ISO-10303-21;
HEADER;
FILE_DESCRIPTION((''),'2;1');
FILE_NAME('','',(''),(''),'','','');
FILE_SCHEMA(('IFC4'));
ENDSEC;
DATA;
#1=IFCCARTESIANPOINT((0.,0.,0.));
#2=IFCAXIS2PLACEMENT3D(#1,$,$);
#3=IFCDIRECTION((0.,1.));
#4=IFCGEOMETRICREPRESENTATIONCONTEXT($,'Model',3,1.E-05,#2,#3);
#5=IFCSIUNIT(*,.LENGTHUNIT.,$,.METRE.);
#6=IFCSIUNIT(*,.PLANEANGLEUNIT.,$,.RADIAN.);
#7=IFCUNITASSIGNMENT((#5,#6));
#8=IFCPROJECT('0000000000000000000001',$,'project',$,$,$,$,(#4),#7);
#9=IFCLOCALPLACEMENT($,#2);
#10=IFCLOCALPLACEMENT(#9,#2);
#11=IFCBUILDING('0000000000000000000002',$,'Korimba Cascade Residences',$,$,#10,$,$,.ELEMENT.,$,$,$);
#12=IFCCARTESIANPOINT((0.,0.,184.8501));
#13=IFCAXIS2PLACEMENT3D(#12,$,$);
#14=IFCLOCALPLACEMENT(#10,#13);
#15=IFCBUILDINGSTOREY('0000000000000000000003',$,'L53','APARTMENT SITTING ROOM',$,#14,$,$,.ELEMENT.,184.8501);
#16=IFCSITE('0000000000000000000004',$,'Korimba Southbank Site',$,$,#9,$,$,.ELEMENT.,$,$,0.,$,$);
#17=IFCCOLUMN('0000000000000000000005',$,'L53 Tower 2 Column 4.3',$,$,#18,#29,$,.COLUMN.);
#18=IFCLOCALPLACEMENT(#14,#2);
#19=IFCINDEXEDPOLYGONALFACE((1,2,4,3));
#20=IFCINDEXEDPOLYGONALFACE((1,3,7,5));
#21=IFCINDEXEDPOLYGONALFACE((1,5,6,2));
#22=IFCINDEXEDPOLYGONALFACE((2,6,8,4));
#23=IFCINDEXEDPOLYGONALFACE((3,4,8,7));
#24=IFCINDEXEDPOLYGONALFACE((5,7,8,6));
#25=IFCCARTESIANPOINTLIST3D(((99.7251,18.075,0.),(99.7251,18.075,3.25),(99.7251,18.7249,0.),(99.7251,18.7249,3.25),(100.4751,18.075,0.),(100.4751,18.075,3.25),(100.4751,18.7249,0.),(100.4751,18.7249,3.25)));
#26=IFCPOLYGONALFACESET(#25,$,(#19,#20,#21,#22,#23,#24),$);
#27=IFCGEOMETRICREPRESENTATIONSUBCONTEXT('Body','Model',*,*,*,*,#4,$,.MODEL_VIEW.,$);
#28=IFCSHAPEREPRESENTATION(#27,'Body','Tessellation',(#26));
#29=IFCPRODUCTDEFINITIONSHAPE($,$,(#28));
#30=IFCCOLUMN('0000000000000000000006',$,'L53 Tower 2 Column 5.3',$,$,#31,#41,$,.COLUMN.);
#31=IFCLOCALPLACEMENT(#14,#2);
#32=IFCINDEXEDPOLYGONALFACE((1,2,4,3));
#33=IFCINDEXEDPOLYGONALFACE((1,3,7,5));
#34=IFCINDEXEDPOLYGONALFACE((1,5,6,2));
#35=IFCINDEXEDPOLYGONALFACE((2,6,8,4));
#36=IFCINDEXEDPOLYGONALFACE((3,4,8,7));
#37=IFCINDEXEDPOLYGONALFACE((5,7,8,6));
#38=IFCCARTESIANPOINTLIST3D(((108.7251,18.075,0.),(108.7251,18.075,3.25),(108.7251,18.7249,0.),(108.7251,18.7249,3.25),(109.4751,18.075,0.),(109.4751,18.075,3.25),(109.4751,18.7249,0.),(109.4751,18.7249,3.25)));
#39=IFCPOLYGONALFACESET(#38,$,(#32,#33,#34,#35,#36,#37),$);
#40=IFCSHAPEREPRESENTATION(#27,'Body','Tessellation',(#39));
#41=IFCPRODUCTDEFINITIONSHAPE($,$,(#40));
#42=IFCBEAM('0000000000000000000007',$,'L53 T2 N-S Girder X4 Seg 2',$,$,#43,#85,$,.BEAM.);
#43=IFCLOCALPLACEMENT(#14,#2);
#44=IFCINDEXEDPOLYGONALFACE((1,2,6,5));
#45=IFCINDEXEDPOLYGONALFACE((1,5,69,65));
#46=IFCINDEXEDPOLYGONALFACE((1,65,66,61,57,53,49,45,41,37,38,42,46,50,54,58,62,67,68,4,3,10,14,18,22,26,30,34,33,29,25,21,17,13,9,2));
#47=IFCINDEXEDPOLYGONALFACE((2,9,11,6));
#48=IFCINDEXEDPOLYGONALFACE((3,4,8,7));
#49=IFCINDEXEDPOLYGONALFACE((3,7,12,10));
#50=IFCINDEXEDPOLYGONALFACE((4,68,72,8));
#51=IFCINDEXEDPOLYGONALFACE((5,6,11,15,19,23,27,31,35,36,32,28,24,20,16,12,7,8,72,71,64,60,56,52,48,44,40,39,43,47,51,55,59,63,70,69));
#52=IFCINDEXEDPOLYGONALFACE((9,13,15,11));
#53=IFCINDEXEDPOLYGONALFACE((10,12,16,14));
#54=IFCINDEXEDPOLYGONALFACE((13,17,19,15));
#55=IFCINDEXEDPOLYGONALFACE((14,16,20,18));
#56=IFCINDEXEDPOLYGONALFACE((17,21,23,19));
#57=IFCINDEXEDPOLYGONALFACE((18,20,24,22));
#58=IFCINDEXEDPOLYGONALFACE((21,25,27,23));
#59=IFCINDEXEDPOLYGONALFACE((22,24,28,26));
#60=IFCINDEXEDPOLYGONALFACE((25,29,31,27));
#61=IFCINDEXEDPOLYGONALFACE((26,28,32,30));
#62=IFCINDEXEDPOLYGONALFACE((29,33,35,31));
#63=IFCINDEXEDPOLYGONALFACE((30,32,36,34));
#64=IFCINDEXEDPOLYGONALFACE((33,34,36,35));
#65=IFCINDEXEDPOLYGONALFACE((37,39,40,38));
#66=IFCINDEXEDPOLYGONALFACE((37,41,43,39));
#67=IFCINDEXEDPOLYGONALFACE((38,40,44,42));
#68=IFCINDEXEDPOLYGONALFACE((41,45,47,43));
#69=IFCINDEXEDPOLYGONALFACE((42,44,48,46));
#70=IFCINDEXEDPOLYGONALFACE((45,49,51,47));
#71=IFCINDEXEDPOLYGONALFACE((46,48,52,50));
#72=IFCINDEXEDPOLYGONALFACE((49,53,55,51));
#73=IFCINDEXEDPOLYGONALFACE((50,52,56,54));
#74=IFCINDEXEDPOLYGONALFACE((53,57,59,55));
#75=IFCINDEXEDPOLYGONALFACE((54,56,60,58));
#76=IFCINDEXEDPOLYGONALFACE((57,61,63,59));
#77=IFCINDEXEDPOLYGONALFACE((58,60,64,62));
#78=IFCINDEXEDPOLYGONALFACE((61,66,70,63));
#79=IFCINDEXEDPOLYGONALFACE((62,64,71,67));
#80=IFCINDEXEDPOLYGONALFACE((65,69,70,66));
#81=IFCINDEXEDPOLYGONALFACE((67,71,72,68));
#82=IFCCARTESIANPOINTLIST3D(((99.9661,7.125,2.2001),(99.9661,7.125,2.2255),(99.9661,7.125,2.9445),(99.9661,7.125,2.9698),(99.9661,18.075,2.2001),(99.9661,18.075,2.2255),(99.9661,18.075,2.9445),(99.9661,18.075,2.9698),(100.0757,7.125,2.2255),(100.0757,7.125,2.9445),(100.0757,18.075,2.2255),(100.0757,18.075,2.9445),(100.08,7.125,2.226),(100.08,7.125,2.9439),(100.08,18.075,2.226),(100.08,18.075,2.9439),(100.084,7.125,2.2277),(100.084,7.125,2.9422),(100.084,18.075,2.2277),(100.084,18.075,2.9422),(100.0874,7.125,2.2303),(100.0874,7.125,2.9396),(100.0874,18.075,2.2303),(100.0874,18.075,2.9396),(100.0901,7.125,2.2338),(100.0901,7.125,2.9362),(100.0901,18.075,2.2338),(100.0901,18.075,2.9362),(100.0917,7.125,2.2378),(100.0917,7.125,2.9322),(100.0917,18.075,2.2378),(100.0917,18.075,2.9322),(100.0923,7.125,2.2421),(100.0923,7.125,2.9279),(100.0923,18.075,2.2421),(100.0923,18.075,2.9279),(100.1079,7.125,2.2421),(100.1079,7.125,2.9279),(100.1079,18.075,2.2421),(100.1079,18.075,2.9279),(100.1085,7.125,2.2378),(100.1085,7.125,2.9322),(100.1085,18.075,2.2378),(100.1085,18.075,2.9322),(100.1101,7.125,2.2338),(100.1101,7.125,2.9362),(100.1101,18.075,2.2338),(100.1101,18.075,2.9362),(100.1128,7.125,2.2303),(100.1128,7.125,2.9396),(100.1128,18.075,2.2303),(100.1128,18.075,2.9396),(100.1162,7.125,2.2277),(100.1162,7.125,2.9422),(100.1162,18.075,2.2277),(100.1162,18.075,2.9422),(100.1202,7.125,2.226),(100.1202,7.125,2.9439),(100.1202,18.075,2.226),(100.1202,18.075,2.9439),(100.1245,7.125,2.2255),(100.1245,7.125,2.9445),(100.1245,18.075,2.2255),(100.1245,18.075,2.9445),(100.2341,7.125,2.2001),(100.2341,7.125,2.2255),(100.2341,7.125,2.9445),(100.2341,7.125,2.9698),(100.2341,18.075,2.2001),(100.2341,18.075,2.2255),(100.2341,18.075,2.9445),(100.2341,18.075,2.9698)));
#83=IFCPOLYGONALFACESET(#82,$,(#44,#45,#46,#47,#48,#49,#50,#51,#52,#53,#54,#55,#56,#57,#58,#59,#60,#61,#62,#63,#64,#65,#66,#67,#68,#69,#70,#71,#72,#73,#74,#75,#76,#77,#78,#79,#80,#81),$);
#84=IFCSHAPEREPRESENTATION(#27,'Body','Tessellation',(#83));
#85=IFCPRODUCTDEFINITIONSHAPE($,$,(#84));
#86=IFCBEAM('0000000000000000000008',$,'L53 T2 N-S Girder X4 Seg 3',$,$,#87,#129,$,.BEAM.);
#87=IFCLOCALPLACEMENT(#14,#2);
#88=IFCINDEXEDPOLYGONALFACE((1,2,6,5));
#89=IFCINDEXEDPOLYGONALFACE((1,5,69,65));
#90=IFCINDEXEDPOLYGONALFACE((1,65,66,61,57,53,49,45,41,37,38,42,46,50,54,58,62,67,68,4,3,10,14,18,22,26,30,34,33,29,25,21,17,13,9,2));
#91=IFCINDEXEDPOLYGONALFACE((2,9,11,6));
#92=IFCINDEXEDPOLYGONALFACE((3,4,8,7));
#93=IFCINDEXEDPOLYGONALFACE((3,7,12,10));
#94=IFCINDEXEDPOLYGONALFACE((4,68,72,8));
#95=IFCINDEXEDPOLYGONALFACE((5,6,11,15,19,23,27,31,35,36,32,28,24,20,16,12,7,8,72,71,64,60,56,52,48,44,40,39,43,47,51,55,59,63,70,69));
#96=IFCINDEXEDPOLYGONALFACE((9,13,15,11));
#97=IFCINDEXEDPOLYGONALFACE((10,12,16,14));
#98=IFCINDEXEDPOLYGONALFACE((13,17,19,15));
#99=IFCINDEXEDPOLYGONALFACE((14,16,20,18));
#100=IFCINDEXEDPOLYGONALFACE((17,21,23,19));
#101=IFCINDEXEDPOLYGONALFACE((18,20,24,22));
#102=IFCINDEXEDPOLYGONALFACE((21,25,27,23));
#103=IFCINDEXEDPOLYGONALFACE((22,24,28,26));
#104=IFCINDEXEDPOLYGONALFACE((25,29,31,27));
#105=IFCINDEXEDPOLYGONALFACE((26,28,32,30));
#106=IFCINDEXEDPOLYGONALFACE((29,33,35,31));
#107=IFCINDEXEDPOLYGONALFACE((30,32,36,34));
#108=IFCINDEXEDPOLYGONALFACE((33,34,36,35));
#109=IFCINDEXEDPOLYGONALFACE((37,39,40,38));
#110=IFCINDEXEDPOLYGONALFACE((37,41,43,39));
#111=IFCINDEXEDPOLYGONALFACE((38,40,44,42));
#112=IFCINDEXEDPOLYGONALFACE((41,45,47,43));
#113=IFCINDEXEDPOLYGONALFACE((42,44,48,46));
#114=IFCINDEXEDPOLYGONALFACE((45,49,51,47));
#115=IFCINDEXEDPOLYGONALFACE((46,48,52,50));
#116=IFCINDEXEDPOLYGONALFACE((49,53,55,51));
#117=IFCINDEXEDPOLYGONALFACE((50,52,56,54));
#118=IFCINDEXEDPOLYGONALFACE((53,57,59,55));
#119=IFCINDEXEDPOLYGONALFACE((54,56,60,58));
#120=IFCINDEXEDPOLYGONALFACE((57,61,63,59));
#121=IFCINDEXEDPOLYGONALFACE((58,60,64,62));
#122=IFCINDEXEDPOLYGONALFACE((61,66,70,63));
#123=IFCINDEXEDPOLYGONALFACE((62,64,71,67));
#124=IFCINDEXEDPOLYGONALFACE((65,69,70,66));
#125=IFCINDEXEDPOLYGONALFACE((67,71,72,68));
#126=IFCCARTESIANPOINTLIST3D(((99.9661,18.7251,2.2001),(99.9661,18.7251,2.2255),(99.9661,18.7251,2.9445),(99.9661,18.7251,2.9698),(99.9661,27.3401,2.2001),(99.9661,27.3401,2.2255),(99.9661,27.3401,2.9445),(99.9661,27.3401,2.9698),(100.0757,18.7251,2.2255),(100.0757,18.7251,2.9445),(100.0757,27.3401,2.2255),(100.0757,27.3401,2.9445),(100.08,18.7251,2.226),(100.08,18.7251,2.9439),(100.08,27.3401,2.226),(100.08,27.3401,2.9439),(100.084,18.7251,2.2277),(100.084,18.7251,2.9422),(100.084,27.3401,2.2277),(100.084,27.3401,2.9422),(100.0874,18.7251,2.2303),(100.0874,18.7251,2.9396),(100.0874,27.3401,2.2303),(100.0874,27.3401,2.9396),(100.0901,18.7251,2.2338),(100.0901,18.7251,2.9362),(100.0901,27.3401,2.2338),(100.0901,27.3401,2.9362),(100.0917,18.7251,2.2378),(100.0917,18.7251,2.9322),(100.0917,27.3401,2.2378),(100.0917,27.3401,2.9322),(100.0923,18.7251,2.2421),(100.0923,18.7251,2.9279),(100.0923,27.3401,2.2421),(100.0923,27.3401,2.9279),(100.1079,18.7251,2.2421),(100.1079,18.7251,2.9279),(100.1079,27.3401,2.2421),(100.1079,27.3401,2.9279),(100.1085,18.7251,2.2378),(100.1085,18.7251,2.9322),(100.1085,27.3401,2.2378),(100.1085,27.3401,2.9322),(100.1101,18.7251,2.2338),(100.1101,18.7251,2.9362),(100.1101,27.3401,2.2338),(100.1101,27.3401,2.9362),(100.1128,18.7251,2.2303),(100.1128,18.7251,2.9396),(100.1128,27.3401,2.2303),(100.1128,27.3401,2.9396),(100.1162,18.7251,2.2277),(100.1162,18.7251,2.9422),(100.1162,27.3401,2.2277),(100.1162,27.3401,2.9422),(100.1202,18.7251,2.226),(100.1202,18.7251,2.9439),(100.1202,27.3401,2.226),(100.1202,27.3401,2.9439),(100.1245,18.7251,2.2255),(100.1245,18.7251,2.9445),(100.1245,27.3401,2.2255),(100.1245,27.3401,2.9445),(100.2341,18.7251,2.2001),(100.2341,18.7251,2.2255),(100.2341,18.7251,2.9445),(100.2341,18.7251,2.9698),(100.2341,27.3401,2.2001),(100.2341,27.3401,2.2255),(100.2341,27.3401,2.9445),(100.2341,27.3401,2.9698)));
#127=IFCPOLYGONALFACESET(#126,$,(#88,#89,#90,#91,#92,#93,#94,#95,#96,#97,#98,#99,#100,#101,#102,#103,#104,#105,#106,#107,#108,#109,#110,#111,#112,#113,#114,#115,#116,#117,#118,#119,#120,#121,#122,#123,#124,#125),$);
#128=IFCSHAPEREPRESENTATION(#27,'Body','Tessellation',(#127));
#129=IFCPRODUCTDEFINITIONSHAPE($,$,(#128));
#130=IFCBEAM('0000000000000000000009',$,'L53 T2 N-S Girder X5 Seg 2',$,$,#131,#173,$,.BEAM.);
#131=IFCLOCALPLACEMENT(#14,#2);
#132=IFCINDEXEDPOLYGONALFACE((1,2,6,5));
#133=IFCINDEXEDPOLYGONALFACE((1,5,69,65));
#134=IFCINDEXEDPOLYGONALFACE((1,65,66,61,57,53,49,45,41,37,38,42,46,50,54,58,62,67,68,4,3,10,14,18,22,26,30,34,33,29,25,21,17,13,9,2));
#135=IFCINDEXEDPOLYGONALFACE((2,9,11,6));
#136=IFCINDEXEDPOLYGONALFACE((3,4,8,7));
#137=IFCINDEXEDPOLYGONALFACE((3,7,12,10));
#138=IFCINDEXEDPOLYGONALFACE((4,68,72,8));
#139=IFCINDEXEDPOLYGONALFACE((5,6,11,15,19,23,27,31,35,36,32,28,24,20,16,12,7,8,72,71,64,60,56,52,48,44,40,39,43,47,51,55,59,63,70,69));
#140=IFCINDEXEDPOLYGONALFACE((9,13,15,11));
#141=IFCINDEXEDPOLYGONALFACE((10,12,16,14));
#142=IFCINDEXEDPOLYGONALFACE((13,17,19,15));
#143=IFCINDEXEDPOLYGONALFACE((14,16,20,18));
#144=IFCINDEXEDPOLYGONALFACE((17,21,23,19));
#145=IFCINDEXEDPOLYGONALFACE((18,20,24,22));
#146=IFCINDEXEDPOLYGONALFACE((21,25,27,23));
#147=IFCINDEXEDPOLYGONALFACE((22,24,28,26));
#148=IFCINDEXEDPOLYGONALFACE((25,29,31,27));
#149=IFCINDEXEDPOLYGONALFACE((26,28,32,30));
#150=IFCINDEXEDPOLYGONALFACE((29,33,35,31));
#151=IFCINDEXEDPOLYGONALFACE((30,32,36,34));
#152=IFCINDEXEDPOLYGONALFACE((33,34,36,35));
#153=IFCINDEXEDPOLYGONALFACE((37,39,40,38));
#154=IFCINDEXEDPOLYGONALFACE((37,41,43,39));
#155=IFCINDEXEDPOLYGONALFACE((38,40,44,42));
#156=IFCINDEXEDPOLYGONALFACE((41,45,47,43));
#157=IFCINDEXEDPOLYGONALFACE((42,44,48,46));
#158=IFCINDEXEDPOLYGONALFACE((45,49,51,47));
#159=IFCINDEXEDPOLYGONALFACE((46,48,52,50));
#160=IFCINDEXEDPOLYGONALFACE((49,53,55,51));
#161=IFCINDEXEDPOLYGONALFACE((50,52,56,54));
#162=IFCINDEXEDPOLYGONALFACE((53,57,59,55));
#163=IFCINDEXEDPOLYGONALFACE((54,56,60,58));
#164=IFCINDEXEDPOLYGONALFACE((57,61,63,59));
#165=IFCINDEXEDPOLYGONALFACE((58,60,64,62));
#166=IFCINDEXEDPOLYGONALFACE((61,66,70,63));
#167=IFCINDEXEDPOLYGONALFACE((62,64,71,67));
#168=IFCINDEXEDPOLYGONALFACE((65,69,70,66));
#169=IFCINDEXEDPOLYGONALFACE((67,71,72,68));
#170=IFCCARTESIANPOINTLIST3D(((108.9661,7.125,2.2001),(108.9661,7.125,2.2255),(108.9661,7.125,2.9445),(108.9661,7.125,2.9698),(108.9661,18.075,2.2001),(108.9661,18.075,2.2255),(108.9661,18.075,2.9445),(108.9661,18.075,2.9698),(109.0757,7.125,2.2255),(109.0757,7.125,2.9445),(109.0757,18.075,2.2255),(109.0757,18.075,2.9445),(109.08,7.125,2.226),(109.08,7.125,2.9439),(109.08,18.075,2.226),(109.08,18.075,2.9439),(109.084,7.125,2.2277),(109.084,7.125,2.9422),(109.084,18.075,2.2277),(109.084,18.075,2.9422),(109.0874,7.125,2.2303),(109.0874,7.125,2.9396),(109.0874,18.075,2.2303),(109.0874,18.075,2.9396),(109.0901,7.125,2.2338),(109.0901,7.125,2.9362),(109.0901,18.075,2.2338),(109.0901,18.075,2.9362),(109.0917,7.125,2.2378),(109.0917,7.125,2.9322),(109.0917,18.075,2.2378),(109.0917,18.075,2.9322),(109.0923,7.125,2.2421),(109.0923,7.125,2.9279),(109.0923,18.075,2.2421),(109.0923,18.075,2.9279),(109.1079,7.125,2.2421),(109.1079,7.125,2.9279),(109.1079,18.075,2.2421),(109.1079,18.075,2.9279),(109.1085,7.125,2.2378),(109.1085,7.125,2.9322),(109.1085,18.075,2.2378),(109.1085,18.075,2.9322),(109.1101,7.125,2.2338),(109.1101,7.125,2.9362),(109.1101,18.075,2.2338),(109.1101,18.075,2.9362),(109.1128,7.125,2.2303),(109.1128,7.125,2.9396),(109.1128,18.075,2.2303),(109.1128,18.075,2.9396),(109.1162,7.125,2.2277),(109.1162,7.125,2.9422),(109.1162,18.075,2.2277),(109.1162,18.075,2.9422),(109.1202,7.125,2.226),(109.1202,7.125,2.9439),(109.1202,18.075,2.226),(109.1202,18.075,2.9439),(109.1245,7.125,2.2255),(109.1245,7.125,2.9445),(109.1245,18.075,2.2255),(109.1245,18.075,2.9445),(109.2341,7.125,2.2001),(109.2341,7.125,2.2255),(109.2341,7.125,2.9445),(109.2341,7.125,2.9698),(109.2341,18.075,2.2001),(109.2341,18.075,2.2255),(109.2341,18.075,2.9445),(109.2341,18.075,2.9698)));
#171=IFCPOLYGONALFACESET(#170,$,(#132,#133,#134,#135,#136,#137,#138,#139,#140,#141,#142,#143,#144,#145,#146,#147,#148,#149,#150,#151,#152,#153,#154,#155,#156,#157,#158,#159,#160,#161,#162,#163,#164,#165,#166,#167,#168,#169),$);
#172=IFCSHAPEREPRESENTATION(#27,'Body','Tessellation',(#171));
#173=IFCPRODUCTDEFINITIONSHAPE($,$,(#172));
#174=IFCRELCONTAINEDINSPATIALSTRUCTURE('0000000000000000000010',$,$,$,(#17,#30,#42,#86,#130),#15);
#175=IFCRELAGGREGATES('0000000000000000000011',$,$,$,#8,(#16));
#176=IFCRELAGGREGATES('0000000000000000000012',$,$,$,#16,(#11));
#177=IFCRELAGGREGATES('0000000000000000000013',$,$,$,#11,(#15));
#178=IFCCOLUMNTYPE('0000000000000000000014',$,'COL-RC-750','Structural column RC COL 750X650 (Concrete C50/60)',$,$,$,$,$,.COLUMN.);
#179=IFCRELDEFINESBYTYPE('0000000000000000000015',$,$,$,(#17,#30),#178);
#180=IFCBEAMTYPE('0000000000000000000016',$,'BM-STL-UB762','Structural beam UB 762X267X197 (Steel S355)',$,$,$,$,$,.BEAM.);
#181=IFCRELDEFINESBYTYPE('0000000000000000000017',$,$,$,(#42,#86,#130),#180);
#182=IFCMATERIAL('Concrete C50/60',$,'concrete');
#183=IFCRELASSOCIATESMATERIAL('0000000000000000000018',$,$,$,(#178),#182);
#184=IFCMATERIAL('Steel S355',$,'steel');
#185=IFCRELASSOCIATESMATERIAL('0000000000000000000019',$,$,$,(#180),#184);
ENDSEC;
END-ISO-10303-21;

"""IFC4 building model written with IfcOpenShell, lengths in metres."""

from ifc_helpers import new_model, si_unit, direction, frame, origin, origin_2d, place, context, subcontext, project, spatial, rectangle, i_section, extrude, material, material_profile, profile_set, type_object, element, save


model = new_model("IFC4")

# Units and contexts
model_context = context("Model", 3, precision=1e-05, world=origin(), true_north=direction((0.0, 1.0)))
body_context = subcontext(model_context, "Body", "Model", "MODEL_VIEW")
ifc_project = project(units=[si_unit("LENGTHUNIT", "METRE"), si_unit("PLANEANGLEUNIT", "RADIAN")], contexts=[model_context])

# Site, building, storey
site_placement = place(None, origin())
site = spatial("IfcSite", under=ifc_project, at=site_placement, Name="Korimba Southbank Site", CompositionType="ELEMENT", RefElevation=0.0)
building_placement = place(site_placement, origin())
building = spatial("IfcBuilding", under=site, at=building_placement, Name="Korimba Cascade Residences", CompositionType="ELEMENT")
storey_placement = place(building_placement, frame((0.0, 0.0, 184.8501)))
storey = spatial("IfcBuildingStorey", under=building, at=storey_placement, Name="L53", Description="APARTMENT SITTING ROOM", CompositionType="ELEMENT", Elevation=184.8501)

# Columns
ifc_material_1 = material(Name="Concrete C50/60", Category="concrete")
ifc_material_profile_1 = material_profile(ifc_material_1, rectangle(XDim=0.75, YDim=0.6499, at=origin_2d()), Name="Concrete C50/60")
ifc_profile_set_1 = profile_set([ifc_material_profile_1], Name="Concrete C50/60")
column_type = type_object("IfcColumnType", Name="COL-RC-750", Description="Structural column RC COL 750X650 (Concrete C50/60)", PredefinedType="COLUMN", material=ifc_profile_set_1)
for number, where, z_axis, x_axis, name in (
    (1, (100.1001, 18.3999, 0.0), (0.0, 0.0, 1.0), (1.0, 0.0, 0.0), "L53 Tower 2 Column 4.3"),
    (2, (109.1001, 18.3999, 0.0), (0.0, 0.0, 1.0), (1.0, 0.0, 0.0), "L53 Tower 2 Column 5.3"),
):
    element("IfcColumn", number, at=place(storey_placement, frame(where, z_axis=z_axis, x_axis=x_axis)), inside=storey, type_object=column_type, Name=name, PredefinedType="COLUMN", context=body_context, shape_type="SweptSolid", body=[
        extrude(rectangle(XDim=0.75, YDim=0.6499, at=origin_2d()), origin(), (0.0, 0.0, 1.0), 3.25),
    ])

# Beams
ifc_material_2 = material(Name="Steel S355", Category="steel")
ifc_material_profile_2 = material_profile(ifc_material_2, i_section(OverallWidth=0.2681, OverallDepth=0.7698, WebThickness=0.0156, FlangeThickness=0.0254, FilletRadius=0.0166, at=origin_2d()), Name="Steel S355")
ifc_profile_set_2 = profile_set([ifc_material_profile_2], Name="Steel S355")
beam_type = type_object("IfcBeamType", Name="BM-STL-UB762", Description="Structural beam UB 762X267X197 (Steel S355)", PredefinedType="BEAM", material=ifc_profile_set_2)
beam_1_placement = place(storey_placement, frame((100.1001, 7.125, 2.585), z_axis=(0.0, 1.0, 0.0), x_axis=(-1.0, 0.0, 0.0)))
element("IfcBeam", 3, at=beam_1_placement, inside=storey, type_object=beam_type, Name="L53 T2 N-S Girder X4 Seg 2", PredefinedType="BEAM", context=body_context, shape_type="SweptSolid", body=[
    extrude(i_section(OverallWidth=0.2681, OverallDepth=0.7698, WebThickness=0.0156, FlangeThickness=0.0254, FilletRadius=0.0166, at=origin_2d()), origin(), (0.0, 0.0, 1.0), 10.95),
])
beam_2_placement = place(storey_placement, frame((100.1001, 18.7251, 2.585), z_axis=(0.0, 1.0, 0.0), x_axis=(-1.0, 0.0, 0.0)))
element("IfcBeam", 4, at=beam_2_placement, inside=storey, type_object=beam_type, Name="L53 T2 N-S Girder X4 Seg 3", PredefinedType="BEAM", context=body_context, shape_type="SweptSolid", body=[
    extrude(i_section(OverallWidth=0.2681, OverallDepth=0.7698, WebThickness=0.0156, FlangeThickness=0.0254, FilletRadius=0.0166, at=origin_2d()), origin(), (0.0, 0.0, 1.0), 8.615),
])
beam_3_placement = place(storey_placement, frame((109.1001, 7.125, 2.585), z_axis=(0.0, 1.0, 0.0), x_axis=(-1.0, 0.0, 0.0)))
element("IfcBeam", 5, at=beam_3_placement, inside=storey, type_object=beam_type, Name="L53 T2 N-S Girder X5 Seg 2", PredefinedType="BEAM", context=body_context, shape_type="SweptSolid", body=[
    extrude(i_section(OverallWidth=0.2681, OverallDepth=0.7698, WebThickness=0.0156, FlangeThickness=0.0254, FilletRadius=0.0166, at=origin_2d()), origin(), (0.0, 0.0, 1.0), 10.95),
])

save(model, "model.ifc")
